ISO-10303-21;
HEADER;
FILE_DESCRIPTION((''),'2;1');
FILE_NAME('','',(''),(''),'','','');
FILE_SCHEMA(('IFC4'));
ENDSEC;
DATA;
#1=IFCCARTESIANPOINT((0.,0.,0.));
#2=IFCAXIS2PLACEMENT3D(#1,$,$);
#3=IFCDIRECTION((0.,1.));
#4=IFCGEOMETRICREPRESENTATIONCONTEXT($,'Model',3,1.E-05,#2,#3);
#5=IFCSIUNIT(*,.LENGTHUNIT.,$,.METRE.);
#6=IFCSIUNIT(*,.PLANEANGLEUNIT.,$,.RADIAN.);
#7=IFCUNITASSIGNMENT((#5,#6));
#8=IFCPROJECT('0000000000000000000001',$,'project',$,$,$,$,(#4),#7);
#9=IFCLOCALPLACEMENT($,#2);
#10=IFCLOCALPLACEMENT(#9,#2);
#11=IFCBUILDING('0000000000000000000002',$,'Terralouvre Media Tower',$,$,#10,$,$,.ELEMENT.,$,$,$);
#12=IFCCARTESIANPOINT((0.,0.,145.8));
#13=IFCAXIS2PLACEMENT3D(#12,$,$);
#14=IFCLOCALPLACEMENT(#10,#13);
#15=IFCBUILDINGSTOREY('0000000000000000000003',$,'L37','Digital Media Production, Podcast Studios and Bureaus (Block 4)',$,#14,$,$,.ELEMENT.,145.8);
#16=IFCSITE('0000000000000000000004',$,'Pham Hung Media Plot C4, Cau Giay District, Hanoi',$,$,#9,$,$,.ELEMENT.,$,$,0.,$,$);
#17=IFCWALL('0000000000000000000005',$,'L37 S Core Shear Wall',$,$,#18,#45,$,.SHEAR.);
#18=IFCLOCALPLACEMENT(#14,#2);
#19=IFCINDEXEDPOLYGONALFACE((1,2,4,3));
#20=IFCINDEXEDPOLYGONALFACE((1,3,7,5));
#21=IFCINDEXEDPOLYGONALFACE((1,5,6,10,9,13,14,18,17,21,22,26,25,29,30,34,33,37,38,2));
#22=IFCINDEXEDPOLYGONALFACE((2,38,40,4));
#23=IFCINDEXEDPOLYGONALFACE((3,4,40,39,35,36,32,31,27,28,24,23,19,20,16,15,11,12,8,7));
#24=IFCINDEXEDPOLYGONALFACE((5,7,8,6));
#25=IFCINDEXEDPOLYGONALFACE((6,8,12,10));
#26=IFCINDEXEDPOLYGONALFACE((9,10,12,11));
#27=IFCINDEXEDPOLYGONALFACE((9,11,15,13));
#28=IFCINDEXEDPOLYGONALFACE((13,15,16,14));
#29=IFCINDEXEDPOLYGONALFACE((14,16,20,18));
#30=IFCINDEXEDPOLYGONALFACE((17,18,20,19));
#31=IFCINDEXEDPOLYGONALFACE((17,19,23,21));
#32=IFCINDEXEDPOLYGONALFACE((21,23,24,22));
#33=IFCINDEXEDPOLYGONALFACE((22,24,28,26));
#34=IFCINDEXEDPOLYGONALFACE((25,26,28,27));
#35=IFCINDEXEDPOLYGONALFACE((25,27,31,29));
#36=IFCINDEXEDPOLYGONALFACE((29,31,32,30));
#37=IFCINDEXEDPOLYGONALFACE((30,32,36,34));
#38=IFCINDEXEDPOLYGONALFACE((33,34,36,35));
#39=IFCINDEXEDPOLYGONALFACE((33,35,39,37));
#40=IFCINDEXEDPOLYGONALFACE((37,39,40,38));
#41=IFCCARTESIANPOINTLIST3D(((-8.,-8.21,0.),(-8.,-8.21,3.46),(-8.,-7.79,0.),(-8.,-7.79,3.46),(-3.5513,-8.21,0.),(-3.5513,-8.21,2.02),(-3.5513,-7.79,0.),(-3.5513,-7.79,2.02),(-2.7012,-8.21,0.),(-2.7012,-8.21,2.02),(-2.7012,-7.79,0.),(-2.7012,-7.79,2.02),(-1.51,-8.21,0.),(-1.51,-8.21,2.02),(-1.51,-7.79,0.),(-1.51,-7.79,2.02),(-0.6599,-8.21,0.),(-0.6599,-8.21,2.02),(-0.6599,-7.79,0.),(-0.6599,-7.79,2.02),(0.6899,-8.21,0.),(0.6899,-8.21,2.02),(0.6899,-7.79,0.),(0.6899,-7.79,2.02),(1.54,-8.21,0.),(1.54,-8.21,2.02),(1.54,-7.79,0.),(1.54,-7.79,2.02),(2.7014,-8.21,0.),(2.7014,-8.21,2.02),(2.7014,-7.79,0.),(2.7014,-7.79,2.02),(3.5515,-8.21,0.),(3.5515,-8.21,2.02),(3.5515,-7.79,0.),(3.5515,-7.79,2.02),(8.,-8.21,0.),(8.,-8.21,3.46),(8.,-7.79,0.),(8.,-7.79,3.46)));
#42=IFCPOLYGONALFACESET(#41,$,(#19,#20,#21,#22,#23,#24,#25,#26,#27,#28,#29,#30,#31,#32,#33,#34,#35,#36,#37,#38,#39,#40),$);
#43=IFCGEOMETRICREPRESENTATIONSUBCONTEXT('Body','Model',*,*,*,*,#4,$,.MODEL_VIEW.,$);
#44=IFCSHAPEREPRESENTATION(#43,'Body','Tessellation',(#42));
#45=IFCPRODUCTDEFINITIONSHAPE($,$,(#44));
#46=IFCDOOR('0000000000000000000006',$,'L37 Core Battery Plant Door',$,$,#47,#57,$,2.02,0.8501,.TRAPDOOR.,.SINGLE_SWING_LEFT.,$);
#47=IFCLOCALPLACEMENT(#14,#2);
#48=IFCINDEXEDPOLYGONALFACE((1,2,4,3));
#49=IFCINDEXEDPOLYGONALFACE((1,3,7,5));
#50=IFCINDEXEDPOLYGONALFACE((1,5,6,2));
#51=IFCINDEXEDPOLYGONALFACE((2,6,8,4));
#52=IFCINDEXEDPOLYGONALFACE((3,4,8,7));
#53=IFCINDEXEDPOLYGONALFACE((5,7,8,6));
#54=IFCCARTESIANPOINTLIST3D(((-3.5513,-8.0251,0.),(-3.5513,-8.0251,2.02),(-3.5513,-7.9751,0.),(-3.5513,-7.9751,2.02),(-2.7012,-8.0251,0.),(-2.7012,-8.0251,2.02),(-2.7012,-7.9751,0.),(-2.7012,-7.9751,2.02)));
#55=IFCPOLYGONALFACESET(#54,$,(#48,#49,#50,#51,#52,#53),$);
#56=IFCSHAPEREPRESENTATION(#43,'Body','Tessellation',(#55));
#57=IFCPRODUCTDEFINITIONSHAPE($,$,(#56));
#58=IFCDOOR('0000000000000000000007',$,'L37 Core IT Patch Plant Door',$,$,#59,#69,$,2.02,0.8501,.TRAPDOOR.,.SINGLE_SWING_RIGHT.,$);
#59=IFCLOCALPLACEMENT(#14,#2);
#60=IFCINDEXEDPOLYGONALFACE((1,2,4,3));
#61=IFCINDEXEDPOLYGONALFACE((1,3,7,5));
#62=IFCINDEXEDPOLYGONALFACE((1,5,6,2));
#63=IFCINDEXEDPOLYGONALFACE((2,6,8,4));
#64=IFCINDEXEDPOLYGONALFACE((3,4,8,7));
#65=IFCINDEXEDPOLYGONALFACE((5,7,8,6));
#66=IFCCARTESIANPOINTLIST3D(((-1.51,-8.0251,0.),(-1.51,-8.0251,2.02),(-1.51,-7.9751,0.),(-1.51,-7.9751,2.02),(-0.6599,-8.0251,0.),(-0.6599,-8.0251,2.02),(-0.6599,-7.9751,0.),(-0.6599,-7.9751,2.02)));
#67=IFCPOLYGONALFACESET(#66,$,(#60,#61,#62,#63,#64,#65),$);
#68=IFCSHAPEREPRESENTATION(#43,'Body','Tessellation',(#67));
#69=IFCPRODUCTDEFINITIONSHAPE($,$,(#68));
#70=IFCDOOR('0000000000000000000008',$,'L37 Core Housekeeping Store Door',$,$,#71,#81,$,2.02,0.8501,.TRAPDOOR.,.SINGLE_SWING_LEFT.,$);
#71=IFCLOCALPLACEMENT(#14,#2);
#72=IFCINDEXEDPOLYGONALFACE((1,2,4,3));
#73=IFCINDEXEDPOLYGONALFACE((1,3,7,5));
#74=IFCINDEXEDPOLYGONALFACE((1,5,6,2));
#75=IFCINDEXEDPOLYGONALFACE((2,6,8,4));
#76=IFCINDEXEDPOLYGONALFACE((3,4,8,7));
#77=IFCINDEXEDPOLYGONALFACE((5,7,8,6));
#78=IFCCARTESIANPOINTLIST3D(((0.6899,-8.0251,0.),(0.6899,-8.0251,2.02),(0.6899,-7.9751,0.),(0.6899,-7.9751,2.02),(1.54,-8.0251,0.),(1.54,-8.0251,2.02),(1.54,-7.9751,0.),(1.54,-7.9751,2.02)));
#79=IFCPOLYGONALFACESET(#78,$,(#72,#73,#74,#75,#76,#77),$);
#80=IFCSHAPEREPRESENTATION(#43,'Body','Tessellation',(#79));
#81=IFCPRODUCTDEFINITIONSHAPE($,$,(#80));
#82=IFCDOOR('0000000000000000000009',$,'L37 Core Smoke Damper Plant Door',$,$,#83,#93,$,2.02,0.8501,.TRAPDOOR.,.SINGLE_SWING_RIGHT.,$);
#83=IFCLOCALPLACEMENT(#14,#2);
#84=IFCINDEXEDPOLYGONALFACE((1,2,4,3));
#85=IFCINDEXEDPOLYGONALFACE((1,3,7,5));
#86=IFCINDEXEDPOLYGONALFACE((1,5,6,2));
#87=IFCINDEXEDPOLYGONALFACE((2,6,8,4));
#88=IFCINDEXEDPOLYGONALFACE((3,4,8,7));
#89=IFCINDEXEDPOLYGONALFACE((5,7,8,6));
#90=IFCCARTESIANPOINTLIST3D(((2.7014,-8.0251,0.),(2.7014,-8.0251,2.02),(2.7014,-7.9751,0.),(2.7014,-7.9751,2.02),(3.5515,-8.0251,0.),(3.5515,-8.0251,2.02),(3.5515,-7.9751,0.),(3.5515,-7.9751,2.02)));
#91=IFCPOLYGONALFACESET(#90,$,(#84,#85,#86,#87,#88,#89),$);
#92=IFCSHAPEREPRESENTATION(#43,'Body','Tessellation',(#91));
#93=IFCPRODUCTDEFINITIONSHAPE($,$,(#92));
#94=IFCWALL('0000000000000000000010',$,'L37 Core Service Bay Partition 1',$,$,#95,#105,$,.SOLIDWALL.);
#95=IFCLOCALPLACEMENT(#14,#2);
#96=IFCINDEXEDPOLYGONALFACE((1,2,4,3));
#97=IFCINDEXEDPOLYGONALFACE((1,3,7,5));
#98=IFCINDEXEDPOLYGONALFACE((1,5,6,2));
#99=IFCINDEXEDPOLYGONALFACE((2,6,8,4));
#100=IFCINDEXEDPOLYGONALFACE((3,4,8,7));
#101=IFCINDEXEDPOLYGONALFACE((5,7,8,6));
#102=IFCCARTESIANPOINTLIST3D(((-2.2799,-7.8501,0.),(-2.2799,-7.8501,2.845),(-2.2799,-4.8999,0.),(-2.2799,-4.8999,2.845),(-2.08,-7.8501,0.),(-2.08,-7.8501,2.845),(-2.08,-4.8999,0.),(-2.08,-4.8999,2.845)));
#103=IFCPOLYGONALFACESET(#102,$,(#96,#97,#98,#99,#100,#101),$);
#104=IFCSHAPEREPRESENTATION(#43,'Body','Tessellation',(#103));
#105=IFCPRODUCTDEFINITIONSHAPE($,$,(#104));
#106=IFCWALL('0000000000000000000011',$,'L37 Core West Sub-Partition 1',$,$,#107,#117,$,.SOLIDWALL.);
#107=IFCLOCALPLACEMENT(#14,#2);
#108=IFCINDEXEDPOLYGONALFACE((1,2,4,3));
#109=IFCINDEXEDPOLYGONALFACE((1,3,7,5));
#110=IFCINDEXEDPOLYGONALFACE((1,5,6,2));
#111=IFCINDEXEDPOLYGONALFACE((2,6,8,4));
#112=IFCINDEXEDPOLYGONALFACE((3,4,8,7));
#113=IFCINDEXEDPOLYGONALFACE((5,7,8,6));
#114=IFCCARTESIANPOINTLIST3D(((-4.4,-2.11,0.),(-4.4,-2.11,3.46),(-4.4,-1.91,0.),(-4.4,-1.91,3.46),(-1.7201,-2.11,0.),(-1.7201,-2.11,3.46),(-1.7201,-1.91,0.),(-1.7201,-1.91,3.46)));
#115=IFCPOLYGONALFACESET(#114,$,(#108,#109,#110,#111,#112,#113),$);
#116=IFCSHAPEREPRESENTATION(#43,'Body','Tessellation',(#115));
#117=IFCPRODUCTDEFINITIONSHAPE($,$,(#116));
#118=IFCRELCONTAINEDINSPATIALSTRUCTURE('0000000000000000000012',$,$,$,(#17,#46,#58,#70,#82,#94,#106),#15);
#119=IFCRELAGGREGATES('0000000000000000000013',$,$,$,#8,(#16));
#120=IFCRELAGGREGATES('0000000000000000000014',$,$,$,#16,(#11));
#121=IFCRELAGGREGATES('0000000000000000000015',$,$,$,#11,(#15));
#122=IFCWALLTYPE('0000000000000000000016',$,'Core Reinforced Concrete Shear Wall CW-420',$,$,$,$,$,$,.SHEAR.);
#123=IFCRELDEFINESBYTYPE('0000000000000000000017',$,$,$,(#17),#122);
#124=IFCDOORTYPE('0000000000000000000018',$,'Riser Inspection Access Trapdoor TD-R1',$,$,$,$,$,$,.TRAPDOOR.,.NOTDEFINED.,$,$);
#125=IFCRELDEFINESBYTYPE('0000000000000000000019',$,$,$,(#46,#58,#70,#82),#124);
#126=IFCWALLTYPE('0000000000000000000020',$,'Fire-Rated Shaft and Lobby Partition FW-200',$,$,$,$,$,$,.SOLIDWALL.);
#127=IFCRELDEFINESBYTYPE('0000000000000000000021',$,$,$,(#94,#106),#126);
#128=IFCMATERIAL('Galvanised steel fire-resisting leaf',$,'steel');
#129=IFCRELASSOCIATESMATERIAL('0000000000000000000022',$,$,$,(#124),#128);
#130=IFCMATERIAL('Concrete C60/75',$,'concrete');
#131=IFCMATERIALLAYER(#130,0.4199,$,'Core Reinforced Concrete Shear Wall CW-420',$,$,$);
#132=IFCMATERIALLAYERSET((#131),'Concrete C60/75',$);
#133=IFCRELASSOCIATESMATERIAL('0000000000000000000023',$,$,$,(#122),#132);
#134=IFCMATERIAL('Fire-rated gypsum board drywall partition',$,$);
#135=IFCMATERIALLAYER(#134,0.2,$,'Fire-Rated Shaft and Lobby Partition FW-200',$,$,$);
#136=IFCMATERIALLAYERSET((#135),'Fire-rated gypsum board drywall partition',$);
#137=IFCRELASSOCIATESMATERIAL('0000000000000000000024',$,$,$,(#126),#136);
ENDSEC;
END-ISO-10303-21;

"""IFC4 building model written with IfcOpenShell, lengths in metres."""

from ifc_helpers import new_model, si_unit, direction, frame, frame_2d, origin, place, context, subcontext, project, spatial, rectangle, extrude, material, layer, layer_set, type_object, element, fill, save


model = new_model("IFC4")

# Units and contexts
model_context = context("Model", 3, precision=1e-05, world=origin(), true_north=direction((0.0, 1.0)))
body_context = subcontext(model_context, "Body", "Model", "MODEL_VIEW")
ifc_project = project(units=[si_unit("LENGTHUNIT", "METRE"), si_unit("PLANEANGLEUNIT", "RADIAN")], contexts=[model_context])

# Site, building, storey
site_placement = place(None, origin())
site = spatial("IfcSite", under=ifc_project, at=site_placement, Name="Pham Hung Media Plot C4, Cau Giay District, Hanoi", CompositionType="ELEMENT", RefElevation=0.0)
building_placement = place(site_placement, origin())
building = spatial("IfcBuilding", under=site, at=building_placement, Name="Terralouvre Media Tower", CompositionType="ELEMENT")
storey_placement = place(building_placement, frame((0.0, 0.0, 145.8)))
storey = spatial("IfcBuildingStorey", under=building, at=storey_placement, Name="L37", Description="Digital Media Production, Podcast Studios and Bureaus (Block 4)", CompositionType="ELEMENT", Elevation=145.8)

# Wall, openings, doors
ifc_material_1 = material(Name="Galvanised steel fire-resisting leaf", Category="steel")
door_type_1 = type_object("IfcDoorType", Name="Riser Inspection Access Trapdoor TD-R1", OperationType="NOTDEFINED", PredefinedType="TRAPDOOR", material=ifc_material_1)
ifc_material_2 = material(Name="Concrete C60/75", Category="concrete")
ifc_layer_1 = layer(ifc_material_2, 0.4199, Name="Core Reinforced Concrete Shear Wall CW-420")
ifc_layer_set_1 = layer_set([ifc_layer_1], Name="Concrete C60/75")
wall_type_1 = type_object("IfcWallType", Name="Core Reinforced Concrete Shear Wall CW-420", PredefinedType="SHEAR", material=ifc_layer_set_1)
wall_1_placement = place(storey_placement, frame((-8.0, -8.0, 0.0), z_axis=(0.0, 0.0, 1.0), x_axis=(1.0, 0.0, 0.0)))
wall_1 = element("IfcWall", 1, at=wall_1_placement, inside=storey, type_object=wall_type_1, Name="L37 S Core Shear Wall", PredefinedType="SHEAR", context=body_context, shape_type="SweptSolid", body=[
    extrude(rectangle(XDim=16.0, YDim=0.4199, at=frame_2d((8.0, 0.0))), origin(), (0.0, 0.0, 1.0), 3.46),
])
opening_1_placement = place(wall_1_placement, frame((4.4487, 0.0, 0.0)))
opening_1 = element("IfcOpeningElement", 2, at=opening_1_placement, cuts=wall_1, PredefinedType="OPENING", context=body_context, shape_type="SweptSolid", body=[
    extrude(rectangle(XDim=0.8501, YDim=2.02, at=frame_2d((0.425, 1.01))), frame((0.0, 0.22, 0.0), z_axis=(0.0, -1.0, 0.0), x_axis=(1.0, 0.0, 0.0)), (0.0, 0.0, 1.0), 0.4399),
])
opening_2_placement = place(wall_1_placement, frame((6.49, 0.0, 0.0)))
opening_2 = element("IfcOpeningElement", 3, at=opening_2_placement, cuts=wall_1, PredefinedType="OPENING", context=body_context, shape_type="SweptSolid", body=[
    extrude(rectangle(XDim=0.8501, YDim=2.02, at=frame_2d((0.425, 1.01))), frame((0.0, 0.22, 0.0), z_axis=(0.0, -1.0, 0.0), x_axis=(1.0, 0.0, 0.0)), (0.0, 0.0, 1.0), 0.4399),
])
opening_3_placement = place(wall_1_placement, frame((8.6899, 0.0, 0.0)))
opening_3 = element("IfcOpeningElement", 4, at=opening_3_placement, cuts=wall_1, PredefinedType="OPENING", context=body_context, shape_type="SweptSolid", body=[
    extrude(rectangle(XDim=0.8501, YDim=2.02, at=frame_2d((0.425, 1.01))), frame((0.0, 0.22, 0.0), z_axis=(0.0, -1.0, 0.0), x_axis=(1.0, 0.0, 0.0)), (0.0, 0.0, 1.0), 0.4399),
])
opening_4_placement = place(wall_1_placement, frame((10.7014, 0.0, 0.0)))
opening_4 = element("IfcOpeningElement", 5, at=opening_4_placement, cuts=wall_1, PredefinedType="OPENING", context=body_context, shape_type="SweptSolid", body=[
    extrude(rectangle(XDim=0.8501, YDim=2.02, at=frame_2d((0.425, 1.01))), frame((0.0, 0.22, 0.0), z_axis=(0.0, -1.0, 0.0), x_axis=(1.0, 0.0, 0.0)), (0.0, 0.0, 1.0), 0.4399),
])
door_1_placement = place(opening_1_placement, origin())
door_1 = element("IfcDoor", 6, at=door_1_placement, inside=storey, type_object=door_type_1, Name="L37 Core Battery Plant Door", OperationType="SINGLE_SWING_LEFT", OverallHeight=2.02, OverallWidth=0.8501, PredefinedType="TRAPDOOR", context=body_context, shape_type="SweptSolid", body=[
    extrude(rectangle(XDim=0.8501, YDim=2.02, at=frame_2d((0.425, 1.01))), frame((0.0, 0.0249, 0.0), z_axis=(0.0, -1.0, 0.0), x_axis=(1.0, 0.0, 0.0)), (0.0, 0.0, 1.0), 0.05),
])
fill(opening_1, door_1)
door_2_placement = place(opening_2_placement, origin())
door_2 = element("IfcDoor", 7, at=door_2_placement, inside=storey, type_object=door_type_1, Name="L37 Core IT Patch Plant Door", OperationType="SINGLE_SWING_RIGHT", OverallHeight=2.02, OverallWidth=0.8501, PredefinedType="TRAPDOOR", context=body_context, shape_type="SweptSolid", body=[
    extrude(rectangle(XDim=0.8501, YDim=2.02, at=frame_2d((0.425, 1.01))), frame((0.0, 0.0249, 0.0), z_axis=(0.0, -1.0, 0.0), x_axis=(1.0, 0.0, 0.0)), (0.0, 0.0, 1.0), 0.05),
])
fill(opening_2, door_2)
door_3_placement = place(opening_3_placement, origin())
door_3 = element("IfcDoor", 8, at=door_3_placement, inside=storey, type_object=door_type_1, Name="L37 Core Housekeeping Store Door", OperationType="SINGLE_SWING_LEFT", OverallHeight=2.02, OverallWidth=0.8501, PredefinedType="TRAPDOOR", context=body_context, shape_type="SweptSolid", body=[
    extrude(rectangle(XDim=0.8501, YDim=2.02, at=frame_2d((0.425, 1.01))), frame((0.0, 0.0249, 0.0), z_axis=(0.0, -1.0, 0.0), x_axis=(1.0, 0.0, 0.0)), (0.0, 0.0, 1.0), 0.05),
])
fill(opening_3, door_3)
door_4_placement = place(opening_4_placement, origin())
door_4 = element("IfcDoor", 9, at=door_4_placement, inside=storey, type_object=door_type_1, Name="L37 Core Smoke Damper Plant Door", OperationType="SINGLE_SWING_RIGHT", OverallHeight=2.02, OverallWidth=0.8501, PredefinedType="TRAPDOOR", context=body_context, shape_type="SweptSolid", body=[
    extrude(rectangle(XDim=0.8501, YDim=2.02, at=frame_2d((0.425, 1.01))), frame((0.0, 0.0249, 0.0), z_axis=(0.0, -1.0, 0.0), x_axis=(1.0, 0.0, 0.0)), (0.0, 0.0, 1.0), 0.05),
])
fill(opening_4, door_4)

# Walls
ifc_material_3 = material(Name="Fire-rated gypsum board drywall partition")
ifc_layer_2 = layer(ifc_material_3, 0.2, Name="Fire-Rated Shaft and Lobby Partition FW-200")
ifc_layer_set_2 = layer_set([ifc_layer_2], Name="Fire-rated gypsum board drywall partition")
wall_type_2 = type_object("IfcWallType", Name="Fire-Rated Shaft and Lobby Partition FW-200", PredefinedType="SOLIDWALL", material=ifc_layer_set_2)
wall_2_placement = place(storey_placement, frame((-2.1799, -7.8501, 0.0), z_axis=(0.0, 0.0, 1.0), x_axis=(0.0, 1.0, 0.0)))
element("IfcWall", 10, at=wall_2_placement, inside=storey, type_object=wall_type_2, Name="L37 Core Service Bay Partition 1", PredefinedType="SOLIDWALL", context=body_context, shape_type="SweptSolid", body=[
    extrude(rectangle(XDim=2.9502, YDim=0.2, at=frame_2d((1.4751, 0.0))), origin(), (0.0, 0.0, 1.0), 2.845),
])
wall_3_placement = place(storey_placement, frame((-4.3999, -2.01, 0.0), z_axis=(0.0, 0.0, 1.0), x_axis=(1.0, 0.0, 0.0)))
element("IfcWall", 11, at=wall_3_placement, inside=storey, type_object=wall_type_2, Name="L37 Core West Sub-Partition 1", PredefinedType="SOLIDWALL", context=body_context, shape_type="SweptSolid", body=[
    extrude(rectangle(XDim=2.6799, YDim=0.2, at=frame_2d((1.3398, 0.0))), origin(), (0.0, 0.0, 1.0), 3.46),
])

save(model, "model.ifc")
